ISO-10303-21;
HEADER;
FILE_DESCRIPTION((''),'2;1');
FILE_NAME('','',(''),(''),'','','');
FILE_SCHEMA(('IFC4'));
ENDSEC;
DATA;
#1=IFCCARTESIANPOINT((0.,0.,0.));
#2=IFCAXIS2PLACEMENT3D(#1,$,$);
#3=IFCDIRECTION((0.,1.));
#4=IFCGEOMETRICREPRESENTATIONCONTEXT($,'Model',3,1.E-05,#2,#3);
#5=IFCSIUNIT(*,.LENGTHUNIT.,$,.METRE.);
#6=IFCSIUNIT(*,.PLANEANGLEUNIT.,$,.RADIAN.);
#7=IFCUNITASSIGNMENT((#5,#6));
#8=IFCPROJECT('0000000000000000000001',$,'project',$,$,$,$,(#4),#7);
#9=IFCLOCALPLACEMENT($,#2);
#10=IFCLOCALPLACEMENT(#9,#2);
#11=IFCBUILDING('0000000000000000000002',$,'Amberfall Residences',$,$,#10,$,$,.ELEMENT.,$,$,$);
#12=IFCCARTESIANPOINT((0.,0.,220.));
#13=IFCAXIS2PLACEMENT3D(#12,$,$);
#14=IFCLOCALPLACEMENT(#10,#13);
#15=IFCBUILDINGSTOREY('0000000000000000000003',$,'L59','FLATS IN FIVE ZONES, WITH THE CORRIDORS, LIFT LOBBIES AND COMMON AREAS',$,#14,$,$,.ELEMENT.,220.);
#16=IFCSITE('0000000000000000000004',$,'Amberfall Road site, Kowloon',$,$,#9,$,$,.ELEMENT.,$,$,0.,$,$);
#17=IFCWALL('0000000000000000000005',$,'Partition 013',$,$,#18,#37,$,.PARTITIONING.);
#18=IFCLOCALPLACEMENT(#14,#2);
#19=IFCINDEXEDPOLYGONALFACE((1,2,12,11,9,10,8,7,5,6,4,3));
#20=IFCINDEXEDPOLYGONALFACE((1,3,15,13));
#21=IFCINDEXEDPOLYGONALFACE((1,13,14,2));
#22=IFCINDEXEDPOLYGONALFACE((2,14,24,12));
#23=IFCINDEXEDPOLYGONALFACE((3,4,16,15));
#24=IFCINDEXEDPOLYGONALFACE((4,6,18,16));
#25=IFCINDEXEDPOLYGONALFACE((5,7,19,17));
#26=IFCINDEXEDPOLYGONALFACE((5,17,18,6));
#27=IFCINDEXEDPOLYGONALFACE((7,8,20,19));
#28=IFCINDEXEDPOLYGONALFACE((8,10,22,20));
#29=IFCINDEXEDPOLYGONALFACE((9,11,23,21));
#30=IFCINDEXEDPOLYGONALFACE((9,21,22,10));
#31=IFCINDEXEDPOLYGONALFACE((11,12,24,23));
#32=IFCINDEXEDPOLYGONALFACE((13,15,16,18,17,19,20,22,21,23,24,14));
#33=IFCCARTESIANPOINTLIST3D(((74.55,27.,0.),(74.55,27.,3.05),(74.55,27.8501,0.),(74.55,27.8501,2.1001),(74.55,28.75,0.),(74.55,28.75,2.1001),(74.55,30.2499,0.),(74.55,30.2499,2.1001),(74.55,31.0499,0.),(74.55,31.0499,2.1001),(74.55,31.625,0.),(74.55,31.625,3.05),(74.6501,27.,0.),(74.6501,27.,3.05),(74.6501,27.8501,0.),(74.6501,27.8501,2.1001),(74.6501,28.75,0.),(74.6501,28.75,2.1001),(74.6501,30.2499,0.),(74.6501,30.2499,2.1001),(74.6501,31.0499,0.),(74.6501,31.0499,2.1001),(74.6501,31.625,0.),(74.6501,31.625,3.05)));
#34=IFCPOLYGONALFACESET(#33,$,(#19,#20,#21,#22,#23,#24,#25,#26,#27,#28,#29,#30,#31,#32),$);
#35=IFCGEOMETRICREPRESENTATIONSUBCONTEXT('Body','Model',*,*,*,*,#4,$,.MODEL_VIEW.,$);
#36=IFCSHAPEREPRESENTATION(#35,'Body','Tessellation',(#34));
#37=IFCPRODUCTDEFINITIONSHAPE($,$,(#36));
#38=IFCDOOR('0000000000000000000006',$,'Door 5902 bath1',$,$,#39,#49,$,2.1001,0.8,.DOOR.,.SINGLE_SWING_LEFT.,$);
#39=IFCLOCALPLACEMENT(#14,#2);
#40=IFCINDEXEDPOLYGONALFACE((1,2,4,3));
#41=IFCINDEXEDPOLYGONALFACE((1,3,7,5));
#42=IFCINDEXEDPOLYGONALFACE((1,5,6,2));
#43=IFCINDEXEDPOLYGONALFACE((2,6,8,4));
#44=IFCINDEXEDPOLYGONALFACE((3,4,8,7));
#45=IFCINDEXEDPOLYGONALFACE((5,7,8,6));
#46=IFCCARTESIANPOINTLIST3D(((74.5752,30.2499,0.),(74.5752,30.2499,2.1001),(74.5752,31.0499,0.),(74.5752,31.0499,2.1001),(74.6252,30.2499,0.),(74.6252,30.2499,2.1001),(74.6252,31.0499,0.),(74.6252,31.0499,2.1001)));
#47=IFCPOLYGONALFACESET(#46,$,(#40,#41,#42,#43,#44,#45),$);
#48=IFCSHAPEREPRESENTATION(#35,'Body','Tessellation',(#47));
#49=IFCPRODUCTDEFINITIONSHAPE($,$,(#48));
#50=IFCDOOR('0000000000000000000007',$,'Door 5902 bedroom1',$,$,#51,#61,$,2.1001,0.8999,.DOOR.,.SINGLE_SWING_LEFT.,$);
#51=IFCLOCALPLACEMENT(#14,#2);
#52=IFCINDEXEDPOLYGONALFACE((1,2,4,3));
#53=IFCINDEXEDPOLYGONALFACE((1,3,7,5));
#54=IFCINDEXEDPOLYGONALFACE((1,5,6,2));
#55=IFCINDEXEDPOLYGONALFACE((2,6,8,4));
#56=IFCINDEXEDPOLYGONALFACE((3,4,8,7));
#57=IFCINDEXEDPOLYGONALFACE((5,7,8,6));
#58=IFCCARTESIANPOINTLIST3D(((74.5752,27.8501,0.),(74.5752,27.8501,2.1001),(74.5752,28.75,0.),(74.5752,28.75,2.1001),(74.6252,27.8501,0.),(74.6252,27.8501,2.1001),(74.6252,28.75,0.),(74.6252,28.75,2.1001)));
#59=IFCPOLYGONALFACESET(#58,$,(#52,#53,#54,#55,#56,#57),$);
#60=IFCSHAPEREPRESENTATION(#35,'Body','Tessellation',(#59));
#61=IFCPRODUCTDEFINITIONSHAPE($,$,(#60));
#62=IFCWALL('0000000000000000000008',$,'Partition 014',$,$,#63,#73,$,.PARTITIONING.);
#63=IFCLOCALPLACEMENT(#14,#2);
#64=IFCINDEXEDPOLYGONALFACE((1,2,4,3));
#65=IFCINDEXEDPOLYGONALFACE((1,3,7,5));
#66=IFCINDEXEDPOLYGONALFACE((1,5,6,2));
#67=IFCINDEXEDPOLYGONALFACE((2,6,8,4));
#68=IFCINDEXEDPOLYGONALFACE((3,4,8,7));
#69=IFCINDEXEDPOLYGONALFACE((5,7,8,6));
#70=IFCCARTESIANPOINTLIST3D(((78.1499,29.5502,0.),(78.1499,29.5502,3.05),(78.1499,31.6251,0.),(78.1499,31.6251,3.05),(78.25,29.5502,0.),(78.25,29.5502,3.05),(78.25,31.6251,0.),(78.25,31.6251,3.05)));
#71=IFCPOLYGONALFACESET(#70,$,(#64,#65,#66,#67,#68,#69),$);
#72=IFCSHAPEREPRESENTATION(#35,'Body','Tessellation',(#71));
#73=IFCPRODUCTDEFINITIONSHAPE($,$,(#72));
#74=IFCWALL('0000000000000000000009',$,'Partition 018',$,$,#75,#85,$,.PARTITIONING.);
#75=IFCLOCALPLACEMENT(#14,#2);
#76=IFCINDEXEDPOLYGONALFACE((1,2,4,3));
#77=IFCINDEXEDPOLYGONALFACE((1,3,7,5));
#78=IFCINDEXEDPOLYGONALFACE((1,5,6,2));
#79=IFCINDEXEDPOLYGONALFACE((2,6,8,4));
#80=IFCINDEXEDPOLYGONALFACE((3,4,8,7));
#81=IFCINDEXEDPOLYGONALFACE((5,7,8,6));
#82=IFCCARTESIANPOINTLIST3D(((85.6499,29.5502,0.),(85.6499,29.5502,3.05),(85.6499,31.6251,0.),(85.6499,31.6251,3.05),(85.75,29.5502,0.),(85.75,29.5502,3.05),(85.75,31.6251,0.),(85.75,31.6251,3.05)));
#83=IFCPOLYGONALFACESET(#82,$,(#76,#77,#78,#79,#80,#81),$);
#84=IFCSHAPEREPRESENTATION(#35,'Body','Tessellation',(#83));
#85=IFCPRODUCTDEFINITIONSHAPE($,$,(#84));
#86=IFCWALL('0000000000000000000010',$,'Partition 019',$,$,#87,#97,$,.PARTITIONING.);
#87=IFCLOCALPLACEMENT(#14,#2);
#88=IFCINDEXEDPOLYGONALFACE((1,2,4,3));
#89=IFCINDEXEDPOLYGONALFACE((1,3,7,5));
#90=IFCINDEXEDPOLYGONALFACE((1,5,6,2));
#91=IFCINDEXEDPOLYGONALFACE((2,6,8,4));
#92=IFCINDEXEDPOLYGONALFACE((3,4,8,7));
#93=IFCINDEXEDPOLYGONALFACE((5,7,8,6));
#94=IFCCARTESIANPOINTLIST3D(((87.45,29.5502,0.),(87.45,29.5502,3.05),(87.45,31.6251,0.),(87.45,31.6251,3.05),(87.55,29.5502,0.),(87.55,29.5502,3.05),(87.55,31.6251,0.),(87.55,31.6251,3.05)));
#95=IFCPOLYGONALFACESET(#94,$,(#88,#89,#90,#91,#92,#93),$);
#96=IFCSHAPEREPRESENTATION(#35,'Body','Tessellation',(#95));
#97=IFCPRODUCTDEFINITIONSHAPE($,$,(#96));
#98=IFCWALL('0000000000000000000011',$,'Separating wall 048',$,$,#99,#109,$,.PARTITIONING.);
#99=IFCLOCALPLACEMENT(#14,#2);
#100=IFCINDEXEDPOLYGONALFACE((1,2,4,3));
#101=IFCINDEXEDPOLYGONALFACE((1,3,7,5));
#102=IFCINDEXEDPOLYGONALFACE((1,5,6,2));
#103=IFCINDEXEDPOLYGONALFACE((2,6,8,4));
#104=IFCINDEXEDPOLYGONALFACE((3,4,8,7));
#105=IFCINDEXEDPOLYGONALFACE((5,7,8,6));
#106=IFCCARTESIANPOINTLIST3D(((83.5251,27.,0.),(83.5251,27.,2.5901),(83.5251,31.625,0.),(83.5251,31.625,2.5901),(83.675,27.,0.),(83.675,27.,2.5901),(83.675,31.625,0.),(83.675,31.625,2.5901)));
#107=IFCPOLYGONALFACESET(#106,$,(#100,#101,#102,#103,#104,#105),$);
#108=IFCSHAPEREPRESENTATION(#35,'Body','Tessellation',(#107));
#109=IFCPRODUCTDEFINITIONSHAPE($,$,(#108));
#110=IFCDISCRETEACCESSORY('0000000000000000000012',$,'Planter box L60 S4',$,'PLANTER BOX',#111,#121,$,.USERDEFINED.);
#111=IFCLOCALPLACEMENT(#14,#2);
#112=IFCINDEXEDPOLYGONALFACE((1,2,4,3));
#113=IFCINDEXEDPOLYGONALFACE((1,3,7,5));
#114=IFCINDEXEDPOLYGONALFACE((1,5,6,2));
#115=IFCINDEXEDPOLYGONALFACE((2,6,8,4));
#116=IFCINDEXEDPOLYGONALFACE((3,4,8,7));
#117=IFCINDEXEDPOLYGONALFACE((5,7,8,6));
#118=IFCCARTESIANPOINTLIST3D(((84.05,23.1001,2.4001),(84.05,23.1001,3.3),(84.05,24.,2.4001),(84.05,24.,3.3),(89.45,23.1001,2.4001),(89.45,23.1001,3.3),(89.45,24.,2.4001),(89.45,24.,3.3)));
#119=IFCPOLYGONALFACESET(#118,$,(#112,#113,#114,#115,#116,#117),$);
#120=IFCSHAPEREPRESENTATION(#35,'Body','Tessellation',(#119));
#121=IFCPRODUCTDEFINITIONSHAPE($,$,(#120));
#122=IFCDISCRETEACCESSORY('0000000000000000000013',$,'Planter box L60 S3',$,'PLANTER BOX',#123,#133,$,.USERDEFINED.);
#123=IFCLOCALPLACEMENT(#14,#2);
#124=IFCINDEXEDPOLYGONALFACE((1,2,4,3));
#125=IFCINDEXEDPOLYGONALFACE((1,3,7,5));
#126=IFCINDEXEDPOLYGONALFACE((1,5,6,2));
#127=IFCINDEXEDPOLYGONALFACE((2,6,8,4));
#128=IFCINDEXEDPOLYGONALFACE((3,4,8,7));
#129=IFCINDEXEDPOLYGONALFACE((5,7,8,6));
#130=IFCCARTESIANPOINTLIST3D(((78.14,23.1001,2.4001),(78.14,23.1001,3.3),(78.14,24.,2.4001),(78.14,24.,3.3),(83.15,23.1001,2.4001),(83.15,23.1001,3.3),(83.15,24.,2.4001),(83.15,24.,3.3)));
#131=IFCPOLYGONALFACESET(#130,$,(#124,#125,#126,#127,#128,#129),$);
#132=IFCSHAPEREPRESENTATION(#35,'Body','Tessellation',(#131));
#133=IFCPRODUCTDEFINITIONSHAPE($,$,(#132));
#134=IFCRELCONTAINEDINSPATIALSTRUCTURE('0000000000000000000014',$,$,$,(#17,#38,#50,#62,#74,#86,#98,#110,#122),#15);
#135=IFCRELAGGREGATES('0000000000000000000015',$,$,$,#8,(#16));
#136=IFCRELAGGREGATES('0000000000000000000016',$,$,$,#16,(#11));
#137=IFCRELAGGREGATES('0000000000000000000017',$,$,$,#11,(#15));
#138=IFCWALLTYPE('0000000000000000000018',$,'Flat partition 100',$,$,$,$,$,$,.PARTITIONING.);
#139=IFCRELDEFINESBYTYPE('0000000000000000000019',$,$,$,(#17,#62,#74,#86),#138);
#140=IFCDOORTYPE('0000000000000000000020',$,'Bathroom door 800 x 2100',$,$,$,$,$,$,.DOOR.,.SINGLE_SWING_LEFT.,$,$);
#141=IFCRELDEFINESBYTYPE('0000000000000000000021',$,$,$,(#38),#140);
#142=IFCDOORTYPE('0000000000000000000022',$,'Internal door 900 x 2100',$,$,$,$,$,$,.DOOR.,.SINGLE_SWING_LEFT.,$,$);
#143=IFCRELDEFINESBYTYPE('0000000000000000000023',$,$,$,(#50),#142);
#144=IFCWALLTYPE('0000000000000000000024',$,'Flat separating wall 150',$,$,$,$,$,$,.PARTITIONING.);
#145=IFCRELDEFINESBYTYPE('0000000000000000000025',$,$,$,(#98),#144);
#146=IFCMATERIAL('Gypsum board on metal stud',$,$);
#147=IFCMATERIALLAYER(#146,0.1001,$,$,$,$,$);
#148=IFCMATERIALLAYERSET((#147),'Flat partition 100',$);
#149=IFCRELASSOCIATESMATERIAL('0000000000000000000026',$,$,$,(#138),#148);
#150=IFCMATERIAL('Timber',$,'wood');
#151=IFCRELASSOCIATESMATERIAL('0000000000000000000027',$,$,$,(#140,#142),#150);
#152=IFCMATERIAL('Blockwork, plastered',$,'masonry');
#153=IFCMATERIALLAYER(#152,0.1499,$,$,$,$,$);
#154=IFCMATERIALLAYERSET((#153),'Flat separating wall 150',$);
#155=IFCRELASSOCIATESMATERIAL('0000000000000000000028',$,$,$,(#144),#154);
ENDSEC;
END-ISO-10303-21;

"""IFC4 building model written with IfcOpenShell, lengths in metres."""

from ifc_helpers import new_model, si_unit, direction, frame, frame_2d, origin, origin_2d, place, context, subcontext, project, spatial, rectangle, extrude, material, layer, layer_set, type_object, element, fill, save


model = new_model("IFC4")

# Units and contexts
model_context = context("Model", 3, precision=1e-05, world=origin(), true_north=direction((0.0, 1.0)))
body_context = subcontext(model_context, "Body", "Model", "MODEL_VIEW")
ifc_project = project(units=[si_unit("LENGTHUNIT", "METRE"), si_unit("PLANEANGLEUNIT", "RADIAN")], contexts=[model_context])

# Site, building, storey
site_placement = place(None, origin())
site = spatial("IfcSite", under=ifc_project, at=site_placement, Name="Amberfall Road site, Kowloon", CompositionType="ELEMENT", RefElevation=0.0)
building_placement = place(site_placement, origin())
building = spatial("IfcBuilding", under=site, at=building_placement, Name="Amberfall Residences", CompositionType="ELEMENT")
storey_placement = place(building_placement, frame((0.0, 0.0, 220.0)))
storey = spatial("IfcBuildingStorey", under=building, at=storey_placement, Name="L59", Description="FLATS IN FIVE ZONES, WITH THE CORRIDORS, LIFT LOBBIES AND COMMON AREAS", CompositionType="ELEMENT", Elevation=220.0)

# Wall, openings, doors
ifc_material_1 = material(Name="Gypsum board on metal stud")
ifc_layer_1 = layer(ifc_material_1, 0.1001)
ifc_layer_set_1 = layer_set([ifc_layer_1], Name="Flat partition 100")
wall_type_1 = type_object("IfcWallType", Name="Flat partition 100", PredefinedType="PARTITIONING", material=ifc_layer_set_1)
wall_1_placement = place(storey_placement, frame((74.6001, 27.0, 0.0), z_axis=(0.0, 0.0, 1.0), x_axis=(0.0, 1.0, 0.0)))
wall_1 = element("IfcWall", 1, at=wall_1_placement, inside=storey, type_object=wall_type_1, Name="Partition 013", PredefinedType="PARTITIONING", context=body_context, shape_type="SweptSolid", body=[
    extrude(rectangle(XDim=4.625, YDim=0.1001, at=frame_2d((2.3125, 0.0))), origin(), (0.0, 0.0, 1.0), 3.05),
])
opening_1_placement = place(wall_1_placement, frame((0.8501, 0.0, 0.0)))
opening_1 = element("IfcOpeningElement", 2, at=opening_1_placement, cuts=wall_1, PredefinedType="OPENING", context=body_context, shape_type="SweptSolid", body=[
    extrude(rectangle(XDim=0.8999, YDim=2.1001, at=frame_2d((0.45, 1.05))), frame((0.0, 0.0601, 0.0), z_axis=(0.0, -1.0, 0.0), x_axis=(1.0, 0.0, 0.0)), (0.0, 0.0, 1.0), 0.1201),
])
opening_2_placement = place(wall_1_placement, frame((3.25, 0.0, 0.0)))
opening_2 = element("IfcOpeningElement", 3, at=opening_2_placement, cuts=wall_1, PredefinedType="OPENING", context=body_context, shape_type="SweptSolid", body=[
    extrude(rectangle(XDim=0.8, YDim=2.1001, at=frame_2d((0.3999, 1.05))), frame((0.0, 0.0601, 0.0), z_axis=(0.0, -1.0, 0.0), x_axis=(1.0, 0.0, 0.0)), (0.0, 0.0, 1.0), 0.1201),
])
ifc_material_2 = material(Name="Timber", Category="wood")
door_type_1 = type_object("IfcDoorType", Name="Bathroom door 800 x 2100", OperationType="SINGLE_SWING_LEFT", PredefinedType="DOOR", material=ifc_material_2)
door_1_placement = place(opening_2_placement, origin())
door_1 = element("IfcDoor", 4, at=door_1_placement, inside=storey, type_object=door_type_1, Name="Door 5902 bath1", OperationType="SINGLE_SWING_LEFT", OverallHeight=2.1001, OverallWidth=0.8, PredefinedType="DOOR", context=body_context, shape_type="SweptSolid", body=[
    extrude(rectangle(XDim=0.8, YDim=2.1001, at=frame_2d((0.3999, 1.05))), frame((0.0, 0.0249, 0.0), z_axis=(0.0, -1.0, 0.0), x_axis=(1.0, 0.0, 0.0)), (0.0, 0.0, 1.0), 0.05),
])
fill(opening_2, door_1)
door_type_2 = type_object("IfcDoorType", Name="Internal door 900 x 2100", OperationType="SINGLE_SWING_LEFT", PredefinedType="DOOR", material=ifc_material_2)
door_2_placement = place(opening_1_placement, origin())
door_2 = element("IfcDoor", 5, at=door_2_placement, inside=storey, type_object=door_type_2, Name="Door 5902 bedroom1", OperationType="SINGLE_SWING_LEFT", OverallHeight=2.1001, OverallWidth=0.8999, PredefinedType="DOOR", context=body_context, shape_type="SweptSolid", body=[
    extrude(rectangle(XDim=0.8999, YDim=2.1001, at=frame_2d((0.45, 1.05))), frame((0.0, 0.0249, 0.0), z_axis=(0.0, -1.0, 0.0), x_axis=(1.0, 0.0, 0.0)), (0.0, 0.0, 1.0), 0.05),
])
fill(opening_1, door_2)

# Walls
for number, where, z_axis, x_axis, name in (
    (6, (78.2, 29.55, 0.0), (0.0, 0.0, 1.0), (0.0, 1.0, 0.0), "Partition 014"),
    (7, (85.7, 29.55, 0.0), (0.0, 0.0, 1.0), (0.0, 1.0, 0.0), "Partition 018"),
    (8, (87.5, 29.55, 0.0), (0.0, 0.0, 1.0), (0.0, 1.0, 0.0), "Partition 019"),
):
    element("IfcWall", number, at=place(storey_placement, frame(where, z_axis=z_axis, x_axis=x_axis)), inside=storey, type_object=wall_type_1, Name=name, PredefinedType="PARTITIONING", context=body_context, shape_type="SweptSolid", body=[
        extrude(rectangle(XDim=2.075, YDim=0.1001, at=frame_2d((1.0376, 0.0))), origin(), (0.0, 0.0, 1.0), 3.05),
    ])
ifc_material_3 = material(Name="Blockwork, plastered", Category="masonry")
ifc_layer_2 = layer(ifc_material_3, 0.1499)
ifc_layer_set_2 = layer_set([ifc_layer_2], Name="Flat separating wall 150")
wall_type_2 = type_object("IfcWallType", Name="Flat separating wall 150", PredefinedType="PARTITIONING", material=ifc_layer_set_2)
wall_2_placement = place(storey_placement, frame((83.6001, 27.0, 0.0), z_axis=(0.0, 0.0, 1.0), x_axis=(0.0, 1.0, 0.0)))
element("IfcWall", 9, at=wall_2_placement, inside=storey, type_object=wall_type_2, Name="Separating wall 048", PredefinedType="PARTITIONING", context=body_context, shape_type="SweptSolid", body=[
    extrude(rectangle(XDim=4.625, YDim=0.1499, at=frame_2d((2.3125, 0.0))), origin(), (0.0, 0.0, 1.0), 2.5901),
])

# Discrete accessories
discrete_accessory_1_placement = place(storey_placement, frame((86.75, 23.55, 2.4001), z_axis=(0.0, 0.0, 1.0), x_axis=(1.0, 0.0, 0.0)))
element("IfcDiscreteAccessory", 10, at=discrete_accessory_1_placement, inside=storey, Name="Planter box L60 S4", ObjectType="PLANTER BOX", PredefinedType="USERDEFINED", context=body_context, shape_type="SweptSolid", body=[
    extrude(rectangle(XDim=5.3999, YDim=0.8999, at=origin_2d()), origin(), (0.0, 0.0, 1.0), 0.8999),
])
discrete_accessory_2_placement = place(storey_placement, frame((80.645, 23.55, 2.4001), z_axis=(0.0, 0.0, 1.0), x_axis=(1.0, 0.0, 0.0)))
element("IfcDiscreteAccessory", 11, at=discrete_accessory_2_placement, inside=storey, Name="Planter box L60 S3", ObjectType="PLANTER BOX", PredefinedType="USERDEFINED", context=body_context, shape_type="SweptSolid", body=[
    extrude(rectangle(XDim=5.01, YDim=0.8999, at=origin_2d()), origin(), (0.0, 0.0, 1.0), 0.8999),
])

save(model, "model.ifc")
